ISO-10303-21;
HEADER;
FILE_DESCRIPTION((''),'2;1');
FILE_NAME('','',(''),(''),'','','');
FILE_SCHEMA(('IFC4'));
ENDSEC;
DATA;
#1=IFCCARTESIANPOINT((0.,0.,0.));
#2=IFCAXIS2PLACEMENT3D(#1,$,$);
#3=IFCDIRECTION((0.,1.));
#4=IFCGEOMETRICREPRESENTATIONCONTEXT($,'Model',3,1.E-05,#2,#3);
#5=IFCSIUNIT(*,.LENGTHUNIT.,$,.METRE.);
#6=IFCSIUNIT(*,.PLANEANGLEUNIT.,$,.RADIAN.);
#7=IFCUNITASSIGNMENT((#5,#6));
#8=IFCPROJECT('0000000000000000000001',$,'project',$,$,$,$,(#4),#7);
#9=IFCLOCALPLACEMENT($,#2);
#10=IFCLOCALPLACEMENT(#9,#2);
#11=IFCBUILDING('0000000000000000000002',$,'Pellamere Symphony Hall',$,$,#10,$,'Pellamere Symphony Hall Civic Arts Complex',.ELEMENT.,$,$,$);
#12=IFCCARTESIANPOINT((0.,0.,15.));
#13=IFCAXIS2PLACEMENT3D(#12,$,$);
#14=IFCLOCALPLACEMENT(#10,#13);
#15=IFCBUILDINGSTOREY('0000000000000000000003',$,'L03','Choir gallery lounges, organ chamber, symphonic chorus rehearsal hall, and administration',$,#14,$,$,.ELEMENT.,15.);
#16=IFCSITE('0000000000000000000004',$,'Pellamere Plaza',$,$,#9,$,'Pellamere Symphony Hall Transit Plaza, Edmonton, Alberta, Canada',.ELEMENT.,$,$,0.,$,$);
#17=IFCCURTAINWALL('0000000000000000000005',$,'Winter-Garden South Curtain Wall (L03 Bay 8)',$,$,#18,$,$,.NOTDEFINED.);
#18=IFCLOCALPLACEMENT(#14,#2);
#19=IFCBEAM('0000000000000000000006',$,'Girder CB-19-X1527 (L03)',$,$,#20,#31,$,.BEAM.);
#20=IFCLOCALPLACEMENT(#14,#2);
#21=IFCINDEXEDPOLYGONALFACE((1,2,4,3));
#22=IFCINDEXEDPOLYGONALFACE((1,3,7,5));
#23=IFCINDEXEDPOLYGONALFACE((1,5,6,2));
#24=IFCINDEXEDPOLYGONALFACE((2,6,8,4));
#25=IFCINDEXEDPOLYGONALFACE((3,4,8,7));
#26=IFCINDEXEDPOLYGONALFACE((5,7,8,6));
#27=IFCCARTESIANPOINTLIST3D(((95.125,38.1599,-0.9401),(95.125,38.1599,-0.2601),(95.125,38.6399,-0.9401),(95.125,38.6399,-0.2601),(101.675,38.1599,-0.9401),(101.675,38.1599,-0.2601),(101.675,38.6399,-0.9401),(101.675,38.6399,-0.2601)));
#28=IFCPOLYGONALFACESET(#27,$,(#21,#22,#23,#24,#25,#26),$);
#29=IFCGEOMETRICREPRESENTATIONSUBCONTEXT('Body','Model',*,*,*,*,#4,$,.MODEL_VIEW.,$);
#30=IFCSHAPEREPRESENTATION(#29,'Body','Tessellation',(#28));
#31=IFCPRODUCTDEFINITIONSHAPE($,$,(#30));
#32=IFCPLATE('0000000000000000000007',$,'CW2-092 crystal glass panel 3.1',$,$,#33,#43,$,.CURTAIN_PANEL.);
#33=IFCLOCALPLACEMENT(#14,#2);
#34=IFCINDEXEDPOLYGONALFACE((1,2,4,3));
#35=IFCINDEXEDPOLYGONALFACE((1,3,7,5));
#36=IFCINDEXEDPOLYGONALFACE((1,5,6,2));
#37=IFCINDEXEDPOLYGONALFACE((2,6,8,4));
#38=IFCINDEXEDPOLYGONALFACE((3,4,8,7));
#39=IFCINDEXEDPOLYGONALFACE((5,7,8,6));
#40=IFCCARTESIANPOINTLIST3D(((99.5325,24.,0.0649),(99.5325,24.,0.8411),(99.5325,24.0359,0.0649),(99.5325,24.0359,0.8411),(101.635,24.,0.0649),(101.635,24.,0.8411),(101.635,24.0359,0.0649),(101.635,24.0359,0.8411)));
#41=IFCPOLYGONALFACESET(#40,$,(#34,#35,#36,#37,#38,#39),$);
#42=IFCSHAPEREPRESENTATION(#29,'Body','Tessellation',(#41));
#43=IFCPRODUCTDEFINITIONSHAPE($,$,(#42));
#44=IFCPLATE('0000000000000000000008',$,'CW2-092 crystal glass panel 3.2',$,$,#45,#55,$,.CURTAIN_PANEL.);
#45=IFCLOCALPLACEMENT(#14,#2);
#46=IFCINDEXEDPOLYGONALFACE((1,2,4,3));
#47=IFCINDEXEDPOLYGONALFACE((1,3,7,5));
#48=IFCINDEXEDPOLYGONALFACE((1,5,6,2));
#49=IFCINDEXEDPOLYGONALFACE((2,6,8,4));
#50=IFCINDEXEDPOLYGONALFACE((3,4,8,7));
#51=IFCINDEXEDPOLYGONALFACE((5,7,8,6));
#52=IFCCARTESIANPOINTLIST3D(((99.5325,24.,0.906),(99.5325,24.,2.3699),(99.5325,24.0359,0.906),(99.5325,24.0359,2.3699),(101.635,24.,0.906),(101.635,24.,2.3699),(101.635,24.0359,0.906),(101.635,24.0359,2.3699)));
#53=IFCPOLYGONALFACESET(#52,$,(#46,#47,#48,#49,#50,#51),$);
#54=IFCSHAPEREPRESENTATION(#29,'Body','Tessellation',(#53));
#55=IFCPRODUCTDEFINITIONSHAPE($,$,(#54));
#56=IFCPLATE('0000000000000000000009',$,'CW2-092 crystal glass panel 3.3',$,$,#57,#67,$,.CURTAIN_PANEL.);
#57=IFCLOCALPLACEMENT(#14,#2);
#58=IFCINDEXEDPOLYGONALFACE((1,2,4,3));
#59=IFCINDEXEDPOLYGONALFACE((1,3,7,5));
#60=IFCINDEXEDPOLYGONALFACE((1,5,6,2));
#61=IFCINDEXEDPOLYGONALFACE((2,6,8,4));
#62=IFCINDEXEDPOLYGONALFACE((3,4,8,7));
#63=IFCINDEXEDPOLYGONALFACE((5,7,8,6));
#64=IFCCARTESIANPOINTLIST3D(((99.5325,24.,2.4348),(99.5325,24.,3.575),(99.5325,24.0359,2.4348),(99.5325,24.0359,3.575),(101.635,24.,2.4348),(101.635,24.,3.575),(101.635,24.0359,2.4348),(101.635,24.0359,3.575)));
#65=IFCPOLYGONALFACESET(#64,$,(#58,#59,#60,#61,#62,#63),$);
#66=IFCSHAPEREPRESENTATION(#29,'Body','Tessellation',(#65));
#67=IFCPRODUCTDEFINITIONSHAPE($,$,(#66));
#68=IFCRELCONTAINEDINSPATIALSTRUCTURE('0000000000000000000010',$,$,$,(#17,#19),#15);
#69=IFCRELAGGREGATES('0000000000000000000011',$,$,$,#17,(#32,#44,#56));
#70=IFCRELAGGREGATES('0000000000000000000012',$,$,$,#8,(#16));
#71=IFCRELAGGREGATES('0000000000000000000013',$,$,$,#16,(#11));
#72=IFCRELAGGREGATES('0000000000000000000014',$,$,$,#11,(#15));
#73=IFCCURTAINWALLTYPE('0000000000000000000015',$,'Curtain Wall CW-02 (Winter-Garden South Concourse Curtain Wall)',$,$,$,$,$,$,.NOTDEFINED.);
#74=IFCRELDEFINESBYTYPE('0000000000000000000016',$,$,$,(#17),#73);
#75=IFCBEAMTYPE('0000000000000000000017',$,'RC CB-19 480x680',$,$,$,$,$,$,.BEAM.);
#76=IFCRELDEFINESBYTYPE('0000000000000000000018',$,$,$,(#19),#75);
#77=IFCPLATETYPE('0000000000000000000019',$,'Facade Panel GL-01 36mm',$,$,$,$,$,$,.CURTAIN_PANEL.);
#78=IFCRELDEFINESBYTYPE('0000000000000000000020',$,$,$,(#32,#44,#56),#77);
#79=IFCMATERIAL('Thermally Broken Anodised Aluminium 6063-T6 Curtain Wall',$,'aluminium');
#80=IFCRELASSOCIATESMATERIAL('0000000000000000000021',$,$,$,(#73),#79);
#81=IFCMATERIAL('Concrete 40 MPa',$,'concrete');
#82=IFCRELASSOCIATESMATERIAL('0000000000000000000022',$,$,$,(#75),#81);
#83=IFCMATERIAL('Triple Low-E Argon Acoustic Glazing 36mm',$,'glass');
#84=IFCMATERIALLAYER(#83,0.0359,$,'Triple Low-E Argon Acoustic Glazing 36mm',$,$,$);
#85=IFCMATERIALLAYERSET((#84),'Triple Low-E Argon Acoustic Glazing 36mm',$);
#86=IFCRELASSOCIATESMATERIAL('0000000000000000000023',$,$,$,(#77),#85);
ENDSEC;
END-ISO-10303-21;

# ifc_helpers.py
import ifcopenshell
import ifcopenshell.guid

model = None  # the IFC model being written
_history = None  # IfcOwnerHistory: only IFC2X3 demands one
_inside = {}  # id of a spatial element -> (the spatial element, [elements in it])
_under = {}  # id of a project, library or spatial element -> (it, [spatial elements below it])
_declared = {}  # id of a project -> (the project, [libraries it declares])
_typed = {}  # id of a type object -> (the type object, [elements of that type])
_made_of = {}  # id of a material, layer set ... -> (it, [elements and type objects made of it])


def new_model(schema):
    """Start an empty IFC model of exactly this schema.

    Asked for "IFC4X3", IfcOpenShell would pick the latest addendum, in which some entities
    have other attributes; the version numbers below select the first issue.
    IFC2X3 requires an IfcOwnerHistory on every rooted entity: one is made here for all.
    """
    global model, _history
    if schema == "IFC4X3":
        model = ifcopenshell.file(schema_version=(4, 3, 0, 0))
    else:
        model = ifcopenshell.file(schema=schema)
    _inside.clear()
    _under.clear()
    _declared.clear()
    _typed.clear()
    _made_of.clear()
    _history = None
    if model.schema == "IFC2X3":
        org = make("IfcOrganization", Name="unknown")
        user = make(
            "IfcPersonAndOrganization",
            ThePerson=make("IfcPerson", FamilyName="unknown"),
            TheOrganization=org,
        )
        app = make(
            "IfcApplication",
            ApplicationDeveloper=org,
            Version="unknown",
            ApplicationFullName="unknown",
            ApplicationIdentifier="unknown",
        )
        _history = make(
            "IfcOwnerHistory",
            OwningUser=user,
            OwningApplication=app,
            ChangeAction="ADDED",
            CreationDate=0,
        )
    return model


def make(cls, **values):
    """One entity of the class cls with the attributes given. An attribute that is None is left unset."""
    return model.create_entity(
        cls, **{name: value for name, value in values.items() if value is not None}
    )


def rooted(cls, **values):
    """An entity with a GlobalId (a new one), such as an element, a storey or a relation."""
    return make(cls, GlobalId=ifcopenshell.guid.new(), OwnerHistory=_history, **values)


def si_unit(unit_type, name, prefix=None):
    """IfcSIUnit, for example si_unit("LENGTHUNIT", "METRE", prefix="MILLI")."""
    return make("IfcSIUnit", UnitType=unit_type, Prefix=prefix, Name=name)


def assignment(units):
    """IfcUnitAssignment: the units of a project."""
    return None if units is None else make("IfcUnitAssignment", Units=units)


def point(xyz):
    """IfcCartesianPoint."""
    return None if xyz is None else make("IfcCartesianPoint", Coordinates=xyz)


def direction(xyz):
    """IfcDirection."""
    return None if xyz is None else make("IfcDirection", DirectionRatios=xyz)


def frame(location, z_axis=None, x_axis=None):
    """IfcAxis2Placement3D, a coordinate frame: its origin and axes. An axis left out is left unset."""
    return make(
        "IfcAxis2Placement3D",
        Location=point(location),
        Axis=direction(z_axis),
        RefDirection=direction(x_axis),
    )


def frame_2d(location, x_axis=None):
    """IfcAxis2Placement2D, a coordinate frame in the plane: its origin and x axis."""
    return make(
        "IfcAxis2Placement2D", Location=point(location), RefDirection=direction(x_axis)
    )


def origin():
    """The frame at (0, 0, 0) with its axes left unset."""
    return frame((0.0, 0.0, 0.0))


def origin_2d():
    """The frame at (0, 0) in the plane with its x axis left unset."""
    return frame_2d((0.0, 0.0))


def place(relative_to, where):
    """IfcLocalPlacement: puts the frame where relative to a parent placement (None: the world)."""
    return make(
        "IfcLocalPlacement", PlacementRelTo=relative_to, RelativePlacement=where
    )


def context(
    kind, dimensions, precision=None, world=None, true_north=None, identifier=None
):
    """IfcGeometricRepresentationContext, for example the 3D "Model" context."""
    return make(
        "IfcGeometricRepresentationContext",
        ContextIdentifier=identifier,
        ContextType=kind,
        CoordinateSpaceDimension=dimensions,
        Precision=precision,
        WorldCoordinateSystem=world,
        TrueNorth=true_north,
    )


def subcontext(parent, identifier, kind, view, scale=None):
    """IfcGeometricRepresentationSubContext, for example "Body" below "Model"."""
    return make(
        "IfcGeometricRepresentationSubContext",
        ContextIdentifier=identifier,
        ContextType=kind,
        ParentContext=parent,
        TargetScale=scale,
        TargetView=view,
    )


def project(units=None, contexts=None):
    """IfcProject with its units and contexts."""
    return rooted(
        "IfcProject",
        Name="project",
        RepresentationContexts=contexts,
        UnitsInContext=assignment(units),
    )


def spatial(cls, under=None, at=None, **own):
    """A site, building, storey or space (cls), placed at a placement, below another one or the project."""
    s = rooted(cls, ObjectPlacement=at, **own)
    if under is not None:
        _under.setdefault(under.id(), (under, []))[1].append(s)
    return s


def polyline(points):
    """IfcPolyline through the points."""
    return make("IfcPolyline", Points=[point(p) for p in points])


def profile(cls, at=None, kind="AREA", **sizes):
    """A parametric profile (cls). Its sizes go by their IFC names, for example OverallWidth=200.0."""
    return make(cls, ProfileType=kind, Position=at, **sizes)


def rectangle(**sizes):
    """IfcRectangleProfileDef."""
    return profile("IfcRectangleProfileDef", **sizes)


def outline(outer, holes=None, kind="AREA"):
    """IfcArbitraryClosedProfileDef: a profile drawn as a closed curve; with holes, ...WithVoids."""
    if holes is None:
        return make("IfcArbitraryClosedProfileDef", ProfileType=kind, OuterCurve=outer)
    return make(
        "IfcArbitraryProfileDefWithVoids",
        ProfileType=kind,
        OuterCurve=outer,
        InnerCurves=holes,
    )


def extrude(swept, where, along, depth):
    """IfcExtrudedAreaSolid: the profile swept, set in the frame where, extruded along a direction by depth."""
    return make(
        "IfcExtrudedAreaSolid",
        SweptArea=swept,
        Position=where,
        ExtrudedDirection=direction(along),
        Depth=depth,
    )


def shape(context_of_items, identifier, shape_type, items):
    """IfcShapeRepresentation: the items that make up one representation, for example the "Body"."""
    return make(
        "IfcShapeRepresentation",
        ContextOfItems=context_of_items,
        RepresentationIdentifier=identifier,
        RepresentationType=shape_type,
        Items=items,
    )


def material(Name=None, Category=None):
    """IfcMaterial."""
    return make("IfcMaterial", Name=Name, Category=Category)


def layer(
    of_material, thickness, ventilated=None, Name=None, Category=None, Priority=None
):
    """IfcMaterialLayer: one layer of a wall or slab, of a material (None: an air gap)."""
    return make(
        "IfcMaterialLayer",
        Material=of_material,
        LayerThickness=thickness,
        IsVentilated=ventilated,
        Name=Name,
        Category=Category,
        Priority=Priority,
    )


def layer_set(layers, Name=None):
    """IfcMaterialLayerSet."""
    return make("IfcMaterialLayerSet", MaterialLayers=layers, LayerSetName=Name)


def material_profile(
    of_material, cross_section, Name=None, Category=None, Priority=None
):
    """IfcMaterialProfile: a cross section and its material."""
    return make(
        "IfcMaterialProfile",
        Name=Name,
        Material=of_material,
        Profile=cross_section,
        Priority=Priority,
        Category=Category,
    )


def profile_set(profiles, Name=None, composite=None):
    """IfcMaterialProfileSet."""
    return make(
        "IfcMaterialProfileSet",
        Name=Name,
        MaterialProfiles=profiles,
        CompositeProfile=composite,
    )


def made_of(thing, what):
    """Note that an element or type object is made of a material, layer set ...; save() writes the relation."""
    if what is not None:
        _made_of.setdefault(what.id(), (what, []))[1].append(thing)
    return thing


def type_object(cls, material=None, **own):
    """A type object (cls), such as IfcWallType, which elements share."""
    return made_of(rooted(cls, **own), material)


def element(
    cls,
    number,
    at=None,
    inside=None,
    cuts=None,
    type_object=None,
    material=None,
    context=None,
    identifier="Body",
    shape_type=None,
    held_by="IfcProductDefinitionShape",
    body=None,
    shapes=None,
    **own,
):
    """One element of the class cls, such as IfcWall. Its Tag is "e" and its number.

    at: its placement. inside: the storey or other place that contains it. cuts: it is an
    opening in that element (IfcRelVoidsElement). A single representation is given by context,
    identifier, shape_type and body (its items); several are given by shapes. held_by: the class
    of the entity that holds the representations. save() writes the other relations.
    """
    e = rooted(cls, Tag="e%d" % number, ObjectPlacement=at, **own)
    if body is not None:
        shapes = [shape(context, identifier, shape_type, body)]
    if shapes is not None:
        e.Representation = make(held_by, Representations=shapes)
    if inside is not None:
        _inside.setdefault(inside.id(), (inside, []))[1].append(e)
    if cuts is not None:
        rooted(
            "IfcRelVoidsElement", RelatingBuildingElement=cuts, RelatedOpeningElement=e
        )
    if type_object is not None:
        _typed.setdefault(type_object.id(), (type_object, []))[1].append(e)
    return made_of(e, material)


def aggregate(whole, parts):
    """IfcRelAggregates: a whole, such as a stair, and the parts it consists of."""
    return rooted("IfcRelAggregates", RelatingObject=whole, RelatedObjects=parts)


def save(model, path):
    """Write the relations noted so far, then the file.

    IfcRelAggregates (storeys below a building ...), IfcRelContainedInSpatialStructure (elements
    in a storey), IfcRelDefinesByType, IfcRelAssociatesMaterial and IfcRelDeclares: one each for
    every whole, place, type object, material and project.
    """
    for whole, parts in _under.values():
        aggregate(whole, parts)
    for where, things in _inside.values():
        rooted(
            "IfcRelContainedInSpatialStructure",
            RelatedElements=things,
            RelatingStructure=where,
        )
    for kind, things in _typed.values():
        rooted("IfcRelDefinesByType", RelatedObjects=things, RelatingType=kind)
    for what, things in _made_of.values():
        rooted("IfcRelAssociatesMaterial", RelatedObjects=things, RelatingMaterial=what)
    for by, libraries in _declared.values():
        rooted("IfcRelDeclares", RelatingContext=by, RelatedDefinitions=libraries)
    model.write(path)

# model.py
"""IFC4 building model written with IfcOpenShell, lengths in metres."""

from ifc_helpers import new_model, si_unit, direction, frame, origin, origin_2d, place, context, subcontext, project, spatial, polyline, rectangle, outline, extrude, material, layer, layer_set, material_profile, profile_set, type_object, element, aggregate, save


model = new_model("IFC4")

# Units and contexts
model_context = context("Model", 3, precision=1e-05, world=origin(), true_north=direction((0.0, 1.0)))
body_context = subcontext(model_context, "Body", "Model", "MODEL_VIEW")
ifc_project = project(units=[si_unit("LENGTHUNIT", "METRE"), si_unit("PLANEANGLEUNIT", "RADIAN")], contexts=[model_context])

# Site, building, storey
site_placement = place(None, origin())
site = spatial("IfcSite", under=ifc_project, at=site_placement, Name="Pellamere Plaza", LongName="Pellamere Symphony Hall Transit Plaza, Edmonton, Alberta, Canada", CompositionType="ELEMENT", RefElevation=0.0)
building_placement = place(site_placement, origin())
building = spatial("IfcBuilding", under=site, at=building_placement, Name="Pellamere Symphony Hall", LongName="Pellamere Symphony Hall Civic Arts Complex", CompositionType="ELEMENT")
storey_placement = place(building_placement, frame((0.0, 0.0, 15.0)))
storey = spatial("IfcBuildingStorey", under=building, at=storey_placement, Name="L03", Description="Choir gallery lounges, organ chamber, symphonic chorus rehearsal hall, and administration", CompositionType="ELEMENT", Elevation=15.0)

# Shared definitions
ifc_material_1 = material(Name="Concrete 40 MPa", Category="concrete")

# Curtain wall
ifc_material_2 = material(Name="Thermally Broken Anodised Aluminium 6063-T6 Curtain Wall", Category="aluminium")
curtain_wall_type = type_object("IfcCurtainWallType", Name="Curtain Wall CW-02 (Winter-Garden South Concourse Curtain Wall)", PredefinedType="NOTDEFINED", material=ifc_material_2)
curtain_wall_placement = place(storey_placement, origin())
curtain_wall = element("IfcCurtainWall", 1, at=curtain_wall_placement, inside=storey, type_object=curtain_wall_type, Name="Winter-Garden South Curtain Wall (L03 Bay 8)", PredefinedType="NOTDEFINED")

# Beam
ifc_material_profile_1 = material_profile(ifc_material_1, rectangle(XDim=0.48, YDim=0.6799, at=origin_2d()), Name="RC 480x680")
ifc_profile_set_1 = profile_set([ifc_material_profile_1], Name="Concrete 40 MPa")
beam_type_1 = type_object("IfcBeamType", Name="RC CB-19 480x680", PredefinedType="BEAM", material=ifc_profile_set_1)
for number, where, z_axis, x_axis, name in (
    (2, (95.125, 38.3999, -0.6001), (1.0, 0.0, 0.0), (0.0, 1.0, 0.0), "Girder CB-19-X1527 (L03)"),
):
    element("IfcBeam", number, at=place(storey_placement, frame(where, z_axis=z_axis, x_axis=x_axis)), inside=storey, type_object=beam_type_1, Name=name, PredefinedType="BEAM", context=body_context, shape_type="SweptSolid", body=[
        extrude(rectangle(XDim=0.48, YDim=0.6799, at=origin_2d()), origin(), (0.0, 0.0, 1.0), 6.55),
    ])

# Plates
ifc_material_3 = material(Name="Triple Low-E Argon Acoustic Glazing 36mm", Category="glass")
ifc_layer = layer(ifc_material_3, 0.0359, Name="Triple Low-E Argon Acoustic Glazing 36mm")
ifc_layer_set = layer_set([ifc_layer], Name="Triple Low-E Argon Acoustic Glazing 36mm")
plate_type = type_object("IfcPlateType", Name="Facade Panel GL-01 36mm", PredefinedType="CURTAIN_PANEL", material=ifc_layer_set)
plate_1_placement = place(storey_placement, frame((99.5325, 24.0, 0.0649), z_axis=(0.0, -1.0, 0.0), x_axis=(1.0, 0.0, 0.0)))
plate_1 = element("IfcPlate", 3, at=plate_1_placement, type_object=plate_type, Name="CW2-092 crystal glass panel 3.1", PredefinedType="CURTAIN_PANEL", context=body_context, shape_type="SweptSolid", body=[
    extrude(outline(polyline([(0.0, 0.0), (2.1025, 0.0), (2.1025, 0.7761), (0.0, 0.7761), (0.0, 0.0)])), origin(), (0.0, 0.0, -1.0), 0.0359),
])
plate_2_placement = place(storey_placement, frame((99.5325, 24.0, 0.906), z_axis=(0.0, -1.0, 0.0), x_axis=(1.0, 0.0, 0.0)))
plate_2 = element("IfcPlate", 4, at=plate_2_placement, type_object=plate_type, Name="CW2-092 crystal glass panel 3.2", PredefinedType="CURTAIN_PANEL", context=body_context, shape_type="SweptSolid", body=[
    extrude(outline(polyline([(0.0, 0.0), (2.1025, 0.0), (2.1025, 1.4639), (0.0, 1.4639), (0.0, 0.0)])), origin(), (0.0, 0.0, -1.0), 0.0359),
])
plate_3_placement = place(storey_placement, frame((99.5325, 24.0, 2.4348), z_axis=(0.0, -1.0, 0.0), x_axis=(1.0, 0.0, 0.0)))
plate_3 = element("IfcPlate", 5, at=plate_3_placement, type_object=plate_type, Name="CW2-092 crystal glass panel 3.3", PredefinedType="CURTAIN_PANEL", context=body_context, shape_type="SweptSolid", body=[
    extrude(outline(polyline([(0.0, 0.0), (2.1025, 0.0), (2.1025, 1.1401), (0.0, 1.1401), (0.0, 0.0)])), origin(), (0.0, 0.0, -1.0), 0.0359),
])
aggregate(curtain_wall, [plate_1, plate_2, plate_3])

save(model, "model.ifc")
